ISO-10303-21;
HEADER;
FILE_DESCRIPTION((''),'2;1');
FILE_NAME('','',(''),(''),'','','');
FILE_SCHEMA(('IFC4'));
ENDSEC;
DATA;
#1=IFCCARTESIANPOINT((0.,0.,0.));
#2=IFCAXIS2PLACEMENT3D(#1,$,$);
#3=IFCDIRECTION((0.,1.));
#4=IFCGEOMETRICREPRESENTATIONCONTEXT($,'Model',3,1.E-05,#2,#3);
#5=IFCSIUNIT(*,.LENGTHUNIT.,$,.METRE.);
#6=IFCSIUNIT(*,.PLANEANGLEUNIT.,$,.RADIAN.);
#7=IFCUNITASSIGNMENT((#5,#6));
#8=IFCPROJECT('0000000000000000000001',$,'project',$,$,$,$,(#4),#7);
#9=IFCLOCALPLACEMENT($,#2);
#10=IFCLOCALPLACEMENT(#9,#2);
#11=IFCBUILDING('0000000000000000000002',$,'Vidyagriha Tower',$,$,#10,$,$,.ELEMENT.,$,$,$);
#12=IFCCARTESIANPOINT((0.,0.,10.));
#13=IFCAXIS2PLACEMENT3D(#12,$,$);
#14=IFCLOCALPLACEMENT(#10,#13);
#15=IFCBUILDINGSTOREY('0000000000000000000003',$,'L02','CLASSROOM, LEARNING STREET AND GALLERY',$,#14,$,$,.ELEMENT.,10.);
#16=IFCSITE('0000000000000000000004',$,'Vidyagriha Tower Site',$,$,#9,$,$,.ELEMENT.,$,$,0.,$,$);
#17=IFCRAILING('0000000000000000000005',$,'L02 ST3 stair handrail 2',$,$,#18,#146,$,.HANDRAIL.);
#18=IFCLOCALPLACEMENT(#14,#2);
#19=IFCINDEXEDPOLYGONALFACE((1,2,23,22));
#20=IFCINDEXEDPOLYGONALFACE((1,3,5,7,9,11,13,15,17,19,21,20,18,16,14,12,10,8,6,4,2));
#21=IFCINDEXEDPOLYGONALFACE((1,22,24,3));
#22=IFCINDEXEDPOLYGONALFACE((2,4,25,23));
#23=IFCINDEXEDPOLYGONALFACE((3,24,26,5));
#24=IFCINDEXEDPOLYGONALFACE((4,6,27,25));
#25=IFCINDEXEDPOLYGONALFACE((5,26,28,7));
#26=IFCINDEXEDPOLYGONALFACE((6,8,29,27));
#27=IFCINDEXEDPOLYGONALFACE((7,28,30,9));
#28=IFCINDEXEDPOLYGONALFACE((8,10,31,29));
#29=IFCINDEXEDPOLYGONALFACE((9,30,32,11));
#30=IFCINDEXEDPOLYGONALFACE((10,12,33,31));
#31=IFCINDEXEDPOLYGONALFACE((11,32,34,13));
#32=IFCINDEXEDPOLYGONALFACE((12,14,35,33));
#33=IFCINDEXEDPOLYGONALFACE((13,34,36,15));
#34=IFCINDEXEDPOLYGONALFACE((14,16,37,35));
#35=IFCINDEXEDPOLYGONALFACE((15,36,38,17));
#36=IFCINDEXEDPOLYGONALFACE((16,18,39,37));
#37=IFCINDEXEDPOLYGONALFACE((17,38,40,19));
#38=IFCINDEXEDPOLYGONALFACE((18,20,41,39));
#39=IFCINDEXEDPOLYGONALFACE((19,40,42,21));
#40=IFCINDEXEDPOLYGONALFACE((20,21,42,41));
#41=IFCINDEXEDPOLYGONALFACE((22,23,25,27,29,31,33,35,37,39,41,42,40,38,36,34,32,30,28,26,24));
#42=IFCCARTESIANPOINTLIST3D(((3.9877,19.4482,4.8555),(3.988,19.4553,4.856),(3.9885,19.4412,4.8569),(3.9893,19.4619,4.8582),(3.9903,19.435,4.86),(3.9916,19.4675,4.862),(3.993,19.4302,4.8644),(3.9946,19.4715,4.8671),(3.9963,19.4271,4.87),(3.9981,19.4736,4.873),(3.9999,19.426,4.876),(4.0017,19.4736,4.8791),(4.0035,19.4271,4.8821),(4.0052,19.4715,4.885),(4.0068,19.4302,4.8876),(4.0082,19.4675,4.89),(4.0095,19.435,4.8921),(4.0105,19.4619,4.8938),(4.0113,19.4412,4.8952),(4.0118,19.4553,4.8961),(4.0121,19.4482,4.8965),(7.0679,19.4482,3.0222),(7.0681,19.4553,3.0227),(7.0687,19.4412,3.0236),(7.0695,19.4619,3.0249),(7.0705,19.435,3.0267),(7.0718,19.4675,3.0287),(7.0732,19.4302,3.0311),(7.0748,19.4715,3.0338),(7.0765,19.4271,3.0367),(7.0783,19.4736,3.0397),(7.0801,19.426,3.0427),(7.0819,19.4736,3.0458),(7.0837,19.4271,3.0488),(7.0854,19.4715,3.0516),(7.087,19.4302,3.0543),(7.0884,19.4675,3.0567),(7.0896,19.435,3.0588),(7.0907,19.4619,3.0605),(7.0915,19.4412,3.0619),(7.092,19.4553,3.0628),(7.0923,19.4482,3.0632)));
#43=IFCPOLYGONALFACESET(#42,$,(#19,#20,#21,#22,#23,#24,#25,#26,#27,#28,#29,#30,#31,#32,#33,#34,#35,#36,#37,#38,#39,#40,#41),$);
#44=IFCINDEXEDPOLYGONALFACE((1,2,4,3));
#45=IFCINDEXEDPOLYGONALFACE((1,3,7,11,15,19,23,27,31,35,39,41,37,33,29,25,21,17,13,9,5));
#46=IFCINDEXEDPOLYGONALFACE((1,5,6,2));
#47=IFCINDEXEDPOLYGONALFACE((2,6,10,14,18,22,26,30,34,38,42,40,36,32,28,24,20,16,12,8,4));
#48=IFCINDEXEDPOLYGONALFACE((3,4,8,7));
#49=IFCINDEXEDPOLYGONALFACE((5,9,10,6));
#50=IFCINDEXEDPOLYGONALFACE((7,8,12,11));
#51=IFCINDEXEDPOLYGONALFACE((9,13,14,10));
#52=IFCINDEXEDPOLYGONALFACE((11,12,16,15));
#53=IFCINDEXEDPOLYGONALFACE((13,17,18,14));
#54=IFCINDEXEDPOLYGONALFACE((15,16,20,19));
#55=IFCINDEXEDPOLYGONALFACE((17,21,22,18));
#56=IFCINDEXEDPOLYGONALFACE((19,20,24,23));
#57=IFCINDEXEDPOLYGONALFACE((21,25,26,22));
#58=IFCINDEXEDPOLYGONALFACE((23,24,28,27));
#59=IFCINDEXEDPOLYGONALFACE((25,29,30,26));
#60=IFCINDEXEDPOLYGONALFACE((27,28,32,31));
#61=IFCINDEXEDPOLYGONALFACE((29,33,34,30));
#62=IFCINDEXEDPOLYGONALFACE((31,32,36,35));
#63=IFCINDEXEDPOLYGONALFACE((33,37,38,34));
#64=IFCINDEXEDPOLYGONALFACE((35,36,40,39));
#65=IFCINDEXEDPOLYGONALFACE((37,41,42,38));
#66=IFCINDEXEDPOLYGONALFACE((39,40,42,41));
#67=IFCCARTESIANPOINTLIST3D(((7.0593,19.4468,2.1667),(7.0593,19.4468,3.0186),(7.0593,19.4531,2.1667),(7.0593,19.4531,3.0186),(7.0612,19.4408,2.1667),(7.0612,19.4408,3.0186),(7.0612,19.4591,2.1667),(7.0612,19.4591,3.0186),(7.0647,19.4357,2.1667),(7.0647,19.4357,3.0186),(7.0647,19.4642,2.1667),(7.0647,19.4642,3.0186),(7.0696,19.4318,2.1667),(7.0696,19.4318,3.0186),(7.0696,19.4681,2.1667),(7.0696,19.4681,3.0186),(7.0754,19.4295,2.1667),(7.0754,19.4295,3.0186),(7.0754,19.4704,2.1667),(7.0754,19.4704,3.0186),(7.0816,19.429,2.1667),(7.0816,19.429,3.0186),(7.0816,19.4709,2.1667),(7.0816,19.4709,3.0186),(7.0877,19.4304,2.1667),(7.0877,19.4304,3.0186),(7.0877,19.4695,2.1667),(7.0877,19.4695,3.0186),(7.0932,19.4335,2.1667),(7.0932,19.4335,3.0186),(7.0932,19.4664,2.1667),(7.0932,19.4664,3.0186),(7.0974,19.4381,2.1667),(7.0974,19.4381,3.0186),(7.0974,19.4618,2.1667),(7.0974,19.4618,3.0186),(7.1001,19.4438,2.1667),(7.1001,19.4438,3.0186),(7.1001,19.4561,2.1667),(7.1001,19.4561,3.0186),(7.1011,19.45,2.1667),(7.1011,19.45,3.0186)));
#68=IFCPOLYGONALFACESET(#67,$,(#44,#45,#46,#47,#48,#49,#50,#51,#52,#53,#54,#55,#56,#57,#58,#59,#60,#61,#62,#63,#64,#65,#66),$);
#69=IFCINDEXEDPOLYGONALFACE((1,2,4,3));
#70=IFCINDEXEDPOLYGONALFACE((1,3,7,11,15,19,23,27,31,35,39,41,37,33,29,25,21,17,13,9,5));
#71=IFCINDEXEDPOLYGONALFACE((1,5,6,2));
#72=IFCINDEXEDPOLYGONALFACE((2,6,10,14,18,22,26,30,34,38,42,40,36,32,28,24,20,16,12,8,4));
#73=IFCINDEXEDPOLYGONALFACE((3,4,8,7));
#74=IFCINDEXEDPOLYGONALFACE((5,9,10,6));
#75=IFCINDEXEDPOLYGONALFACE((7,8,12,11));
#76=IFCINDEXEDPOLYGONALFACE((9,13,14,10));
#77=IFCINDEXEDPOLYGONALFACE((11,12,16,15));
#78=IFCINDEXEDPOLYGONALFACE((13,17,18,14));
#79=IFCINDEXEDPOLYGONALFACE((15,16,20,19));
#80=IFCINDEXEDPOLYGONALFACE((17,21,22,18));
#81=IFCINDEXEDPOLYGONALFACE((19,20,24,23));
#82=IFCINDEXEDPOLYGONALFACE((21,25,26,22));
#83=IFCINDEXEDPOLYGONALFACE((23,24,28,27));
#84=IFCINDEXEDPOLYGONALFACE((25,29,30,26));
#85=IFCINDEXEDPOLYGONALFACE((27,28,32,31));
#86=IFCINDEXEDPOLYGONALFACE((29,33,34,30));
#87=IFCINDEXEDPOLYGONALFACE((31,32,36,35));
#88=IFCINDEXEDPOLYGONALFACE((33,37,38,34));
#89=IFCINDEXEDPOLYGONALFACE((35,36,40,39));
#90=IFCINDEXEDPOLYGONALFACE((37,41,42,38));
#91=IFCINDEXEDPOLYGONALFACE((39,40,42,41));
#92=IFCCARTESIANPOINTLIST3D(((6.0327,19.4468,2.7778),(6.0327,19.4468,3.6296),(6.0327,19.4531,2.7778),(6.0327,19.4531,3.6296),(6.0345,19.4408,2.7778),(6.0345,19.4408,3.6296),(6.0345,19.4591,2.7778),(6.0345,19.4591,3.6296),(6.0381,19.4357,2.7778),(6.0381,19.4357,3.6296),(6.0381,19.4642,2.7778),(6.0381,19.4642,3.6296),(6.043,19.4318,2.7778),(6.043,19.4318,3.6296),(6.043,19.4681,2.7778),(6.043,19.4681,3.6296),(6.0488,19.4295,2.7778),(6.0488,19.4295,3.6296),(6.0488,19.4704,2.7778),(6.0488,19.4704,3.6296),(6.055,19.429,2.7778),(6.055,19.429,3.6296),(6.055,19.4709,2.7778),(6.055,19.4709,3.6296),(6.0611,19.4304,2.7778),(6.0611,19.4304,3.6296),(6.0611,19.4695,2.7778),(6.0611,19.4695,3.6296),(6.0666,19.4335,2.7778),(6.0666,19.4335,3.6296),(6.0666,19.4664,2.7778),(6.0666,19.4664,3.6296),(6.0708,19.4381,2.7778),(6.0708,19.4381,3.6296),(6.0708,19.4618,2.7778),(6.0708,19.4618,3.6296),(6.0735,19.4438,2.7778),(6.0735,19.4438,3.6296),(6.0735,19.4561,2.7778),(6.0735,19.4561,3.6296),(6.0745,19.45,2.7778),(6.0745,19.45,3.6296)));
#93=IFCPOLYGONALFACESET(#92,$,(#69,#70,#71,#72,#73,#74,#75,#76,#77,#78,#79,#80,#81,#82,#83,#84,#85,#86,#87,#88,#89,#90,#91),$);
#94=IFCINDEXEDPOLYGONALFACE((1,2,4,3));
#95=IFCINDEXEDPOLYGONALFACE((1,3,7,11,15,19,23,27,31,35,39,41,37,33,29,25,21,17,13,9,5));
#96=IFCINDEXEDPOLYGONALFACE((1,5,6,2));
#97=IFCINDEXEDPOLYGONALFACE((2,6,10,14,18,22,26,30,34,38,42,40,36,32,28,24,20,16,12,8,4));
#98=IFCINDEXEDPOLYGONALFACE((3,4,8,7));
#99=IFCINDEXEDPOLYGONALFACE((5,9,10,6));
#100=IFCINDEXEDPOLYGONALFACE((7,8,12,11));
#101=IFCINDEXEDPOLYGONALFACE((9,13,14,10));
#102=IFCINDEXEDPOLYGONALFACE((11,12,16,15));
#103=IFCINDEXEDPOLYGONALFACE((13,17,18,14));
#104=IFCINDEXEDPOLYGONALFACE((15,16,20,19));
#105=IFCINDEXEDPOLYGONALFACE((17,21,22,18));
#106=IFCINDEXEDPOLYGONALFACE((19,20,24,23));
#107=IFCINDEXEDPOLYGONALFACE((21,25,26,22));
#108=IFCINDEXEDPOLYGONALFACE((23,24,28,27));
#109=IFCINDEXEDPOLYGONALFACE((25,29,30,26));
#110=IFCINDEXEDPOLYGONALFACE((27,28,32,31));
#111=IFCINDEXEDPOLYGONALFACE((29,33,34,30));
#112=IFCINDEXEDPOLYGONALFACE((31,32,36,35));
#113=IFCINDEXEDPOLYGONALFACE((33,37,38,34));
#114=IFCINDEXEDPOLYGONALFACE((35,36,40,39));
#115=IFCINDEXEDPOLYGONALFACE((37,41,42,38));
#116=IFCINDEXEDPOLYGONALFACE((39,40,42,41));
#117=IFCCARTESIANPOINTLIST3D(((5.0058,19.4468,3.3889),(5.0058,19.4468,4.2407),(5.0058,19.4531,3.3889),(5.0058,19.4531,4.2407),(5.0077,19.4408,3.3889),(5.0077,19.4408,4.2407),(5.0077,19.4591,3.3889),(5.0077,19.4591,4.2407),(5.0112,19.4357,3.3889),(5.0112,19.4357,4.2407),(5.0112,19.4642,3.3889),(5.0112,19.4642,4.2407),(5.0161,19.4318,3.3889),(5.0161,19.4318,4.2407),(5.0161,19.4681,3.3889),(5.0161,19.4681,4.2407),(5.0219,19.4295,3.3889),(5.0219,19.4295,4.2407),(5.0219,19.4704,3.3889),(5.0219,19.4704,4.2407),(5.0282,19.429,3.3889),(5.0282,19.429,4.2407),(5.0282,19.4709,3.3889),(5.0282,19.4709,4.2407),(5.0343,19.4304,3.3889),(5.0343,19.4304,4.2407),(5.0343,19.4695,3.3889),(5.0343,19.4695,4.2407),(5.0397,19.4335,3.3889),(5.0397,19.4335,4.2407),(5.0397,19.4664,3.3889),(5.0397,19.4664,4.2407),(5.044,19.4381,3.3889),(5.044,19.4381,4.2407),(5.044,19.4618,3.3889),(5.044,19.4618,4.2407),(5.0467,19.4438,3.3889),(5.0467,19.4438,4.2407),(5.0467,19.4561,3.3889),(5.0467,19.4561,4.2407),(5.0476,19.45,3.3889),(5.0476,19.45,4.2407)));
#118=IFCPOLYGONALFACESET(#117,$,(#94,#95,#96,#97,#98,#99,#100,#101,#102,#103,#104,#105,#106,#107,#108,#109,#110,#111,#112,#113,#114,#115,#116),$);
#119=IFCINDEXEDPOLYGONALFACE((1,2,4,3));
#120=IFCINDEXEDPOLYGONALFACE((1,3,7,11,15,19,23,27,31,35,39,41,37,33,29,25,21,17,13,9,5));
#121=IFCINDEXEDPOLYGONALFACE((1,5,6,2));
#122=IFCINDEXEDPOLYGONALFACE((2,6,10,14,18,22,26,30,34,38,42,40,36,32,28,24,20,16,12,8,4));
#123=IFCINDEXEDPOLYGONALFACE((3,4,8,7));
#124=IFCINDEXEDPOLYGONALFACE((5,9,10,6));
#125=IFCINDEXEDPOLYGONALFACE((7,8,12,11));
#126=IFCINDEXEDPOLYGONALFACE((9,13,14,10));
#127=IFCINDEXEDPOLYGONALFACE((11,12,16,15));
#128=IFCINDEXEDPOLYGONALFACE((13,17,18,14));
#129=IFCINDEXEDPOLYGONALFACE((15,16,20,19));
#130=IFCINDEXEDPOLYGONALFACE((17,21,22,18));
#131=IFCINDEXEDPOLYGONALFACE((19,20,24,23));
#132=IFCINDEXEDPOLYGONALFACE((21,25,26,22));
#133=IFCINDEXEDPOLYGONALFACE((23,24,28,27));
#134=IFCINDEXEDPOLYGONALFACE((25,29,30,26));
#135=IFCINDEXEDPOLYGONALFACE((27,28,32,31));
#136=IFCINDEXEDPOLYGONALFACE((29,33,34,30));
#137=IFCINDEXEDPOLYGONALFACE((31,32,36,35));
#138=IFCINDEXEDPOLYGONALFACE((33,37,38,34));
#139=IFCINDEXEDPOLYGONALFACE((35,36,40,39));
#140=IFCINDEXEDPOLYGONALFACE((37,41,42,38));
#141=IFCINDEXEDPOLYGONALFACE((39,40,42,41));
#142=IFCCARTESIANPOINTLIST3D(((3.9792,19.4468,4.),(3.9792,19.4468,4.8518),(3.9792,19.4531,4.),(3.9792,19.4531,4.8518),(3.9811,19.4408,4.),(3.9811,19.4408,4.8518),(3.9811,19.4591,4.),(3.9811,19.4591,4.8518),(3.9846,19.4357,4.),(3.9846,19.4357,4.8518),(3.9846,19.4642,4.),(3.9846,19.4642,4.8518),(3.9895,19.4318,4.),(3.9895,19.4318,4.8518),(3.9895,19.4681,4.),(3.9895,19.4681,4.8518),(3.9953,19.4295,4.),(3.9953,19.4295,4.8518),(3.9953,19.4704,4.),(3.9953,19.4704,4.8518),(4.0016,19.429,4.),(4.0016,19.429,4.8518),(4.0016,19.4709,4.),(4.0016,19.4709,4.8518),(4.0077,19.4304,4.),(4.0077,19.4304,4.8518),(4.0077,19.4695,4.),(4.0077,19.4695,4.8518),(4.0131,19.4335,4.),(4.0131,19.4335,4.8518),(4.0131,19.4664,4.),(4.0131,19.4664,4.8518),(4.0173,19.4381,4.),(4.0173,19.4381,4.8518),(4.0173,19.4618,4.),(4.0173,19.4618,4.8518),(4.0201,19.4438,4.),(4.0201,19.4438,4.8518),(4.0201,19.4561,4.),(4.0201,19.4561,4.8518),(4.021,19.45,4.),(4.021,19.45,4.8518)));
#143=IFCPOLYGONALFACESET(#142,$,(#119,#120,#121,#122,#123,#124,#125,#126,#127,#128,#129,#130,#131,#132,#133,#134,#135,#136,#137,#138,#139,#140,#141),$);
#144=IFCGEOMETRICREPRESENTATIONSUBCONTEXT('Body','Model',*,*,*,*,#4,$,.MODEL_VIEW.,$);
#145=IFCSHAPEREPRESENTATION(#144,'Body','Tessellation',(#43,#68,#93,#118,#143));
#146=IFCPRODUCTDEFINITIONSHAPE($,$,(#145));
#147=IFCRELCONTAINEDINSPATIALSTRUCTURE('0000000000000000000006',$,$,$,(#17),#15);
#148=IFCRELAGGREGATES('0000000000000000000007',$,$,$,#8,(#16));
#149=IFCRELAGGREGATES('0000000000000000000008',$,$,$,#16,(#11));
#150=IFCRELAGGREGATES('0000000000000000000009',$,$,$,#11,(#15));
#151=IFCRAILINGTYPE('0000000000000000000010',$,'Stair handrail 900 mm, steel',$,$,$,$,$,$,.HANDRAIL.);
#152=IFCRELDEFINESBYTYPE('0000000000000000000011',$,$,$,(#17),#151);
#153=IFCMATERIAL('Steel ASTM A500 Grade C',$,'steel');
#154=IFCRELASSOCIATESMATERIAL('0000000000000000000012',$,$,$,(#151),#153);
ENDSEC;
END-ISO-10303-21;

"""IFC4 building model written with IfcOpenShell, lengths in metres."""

from ifc_helpers import new_model, si_unit, direction, frame, origin, origin_2d, place, context, subcontext, project, spatial, circle, extrude, material, type_object, element, save


model = new_model("IFC4")

# Units and contexts
model_context = context("Model", 3, precision=1e-05, world=origin(), true_north=direction((0.0, 1.0)))
body_context = subcontext(model_context, "Body", "Model", "MODEL_VIEW")
ifc_project = project(units=[si_unit("LENGTHUNIT", "METRE"), si_unit("PLANEANGLEUNIT", "RADIAN")], contexts=[model_context])

# Site, building, storey
site_placement = place(None, origin())
site = spatial("IfcSite", under=ifc_project, at=site_placement, Name="Vidyagriha Tower Site", CompositionType="ELEMENT", RefElevation=0.0)
building_placement = place(site_placement, origin())
building = spatial("IfcBuilding", under=site, at=building_placement, Name="Vidyagriha Tower", CompositionType="ELEMENT")
storey_placement = place(building_placement, frame((0.0, 0.0, 10.0)))
storey = spatial("IfcBuildingStorey", under=building, at=storey_placement, Name="L02", Description="CLASSROOM, LEARNING STREET AND GALLERY", CompositionType="ELEMENT", Elevation=10.0)

# Railing
ifc_material_1 = material(Name="Steel ASTM A500 Grade C", Category="steel")
railing_type_1 = type_object("IfcRailingType", Name="Stair handrail 900 mm, steel", PredefinedType="HANDRAIL", material=ifc_material_1)
railing_1_placement = place(storey_placement, frame((7.0801, 19.45, 2.1667)))
element("IfcRailing", 1, at=railing_1_placement, inside=storey, type_object=railing_type_1, Name="L02 ST3 stair handrail 2", PredefinedType="HANDRAIL", context=body_context, shape_type="SweptSolid", body=[
    extrude(circle(Radius=0.0239, at=origin_2d()), frame((0.0, 0.0, 0.876), z_axis=(-0.859309, 0.0, 0.511458), x_axis=(0.0, -1.0, 0.0)), (0.0, 0.0, 1.0), 3.5845),
    extrude(circle(Radius=0.021, at=origin_2d()), origin(), (0.0, 0.0, 1.0), 0.8518),
    extrude(circle(Radius=0.021, at=origin_2d()), frame((-1.0266, 0.0, 0.6111)), (0.0, 0.0, 1.0), 0.8518),
    extrude(circle(Radius=0.021, at=origin_2d()), frame((-2.0535, 0.0, 1.2222)), (0.0, 0.0, 1.0), 0.8518),
    extrude(circle(Radius=0.021, at=origin_2d()), frame((-3.0801, 0.0, 1.8333)), (0.0, 0.0, 1.0), 0.8518),
])

save(model, "model.ifc")
